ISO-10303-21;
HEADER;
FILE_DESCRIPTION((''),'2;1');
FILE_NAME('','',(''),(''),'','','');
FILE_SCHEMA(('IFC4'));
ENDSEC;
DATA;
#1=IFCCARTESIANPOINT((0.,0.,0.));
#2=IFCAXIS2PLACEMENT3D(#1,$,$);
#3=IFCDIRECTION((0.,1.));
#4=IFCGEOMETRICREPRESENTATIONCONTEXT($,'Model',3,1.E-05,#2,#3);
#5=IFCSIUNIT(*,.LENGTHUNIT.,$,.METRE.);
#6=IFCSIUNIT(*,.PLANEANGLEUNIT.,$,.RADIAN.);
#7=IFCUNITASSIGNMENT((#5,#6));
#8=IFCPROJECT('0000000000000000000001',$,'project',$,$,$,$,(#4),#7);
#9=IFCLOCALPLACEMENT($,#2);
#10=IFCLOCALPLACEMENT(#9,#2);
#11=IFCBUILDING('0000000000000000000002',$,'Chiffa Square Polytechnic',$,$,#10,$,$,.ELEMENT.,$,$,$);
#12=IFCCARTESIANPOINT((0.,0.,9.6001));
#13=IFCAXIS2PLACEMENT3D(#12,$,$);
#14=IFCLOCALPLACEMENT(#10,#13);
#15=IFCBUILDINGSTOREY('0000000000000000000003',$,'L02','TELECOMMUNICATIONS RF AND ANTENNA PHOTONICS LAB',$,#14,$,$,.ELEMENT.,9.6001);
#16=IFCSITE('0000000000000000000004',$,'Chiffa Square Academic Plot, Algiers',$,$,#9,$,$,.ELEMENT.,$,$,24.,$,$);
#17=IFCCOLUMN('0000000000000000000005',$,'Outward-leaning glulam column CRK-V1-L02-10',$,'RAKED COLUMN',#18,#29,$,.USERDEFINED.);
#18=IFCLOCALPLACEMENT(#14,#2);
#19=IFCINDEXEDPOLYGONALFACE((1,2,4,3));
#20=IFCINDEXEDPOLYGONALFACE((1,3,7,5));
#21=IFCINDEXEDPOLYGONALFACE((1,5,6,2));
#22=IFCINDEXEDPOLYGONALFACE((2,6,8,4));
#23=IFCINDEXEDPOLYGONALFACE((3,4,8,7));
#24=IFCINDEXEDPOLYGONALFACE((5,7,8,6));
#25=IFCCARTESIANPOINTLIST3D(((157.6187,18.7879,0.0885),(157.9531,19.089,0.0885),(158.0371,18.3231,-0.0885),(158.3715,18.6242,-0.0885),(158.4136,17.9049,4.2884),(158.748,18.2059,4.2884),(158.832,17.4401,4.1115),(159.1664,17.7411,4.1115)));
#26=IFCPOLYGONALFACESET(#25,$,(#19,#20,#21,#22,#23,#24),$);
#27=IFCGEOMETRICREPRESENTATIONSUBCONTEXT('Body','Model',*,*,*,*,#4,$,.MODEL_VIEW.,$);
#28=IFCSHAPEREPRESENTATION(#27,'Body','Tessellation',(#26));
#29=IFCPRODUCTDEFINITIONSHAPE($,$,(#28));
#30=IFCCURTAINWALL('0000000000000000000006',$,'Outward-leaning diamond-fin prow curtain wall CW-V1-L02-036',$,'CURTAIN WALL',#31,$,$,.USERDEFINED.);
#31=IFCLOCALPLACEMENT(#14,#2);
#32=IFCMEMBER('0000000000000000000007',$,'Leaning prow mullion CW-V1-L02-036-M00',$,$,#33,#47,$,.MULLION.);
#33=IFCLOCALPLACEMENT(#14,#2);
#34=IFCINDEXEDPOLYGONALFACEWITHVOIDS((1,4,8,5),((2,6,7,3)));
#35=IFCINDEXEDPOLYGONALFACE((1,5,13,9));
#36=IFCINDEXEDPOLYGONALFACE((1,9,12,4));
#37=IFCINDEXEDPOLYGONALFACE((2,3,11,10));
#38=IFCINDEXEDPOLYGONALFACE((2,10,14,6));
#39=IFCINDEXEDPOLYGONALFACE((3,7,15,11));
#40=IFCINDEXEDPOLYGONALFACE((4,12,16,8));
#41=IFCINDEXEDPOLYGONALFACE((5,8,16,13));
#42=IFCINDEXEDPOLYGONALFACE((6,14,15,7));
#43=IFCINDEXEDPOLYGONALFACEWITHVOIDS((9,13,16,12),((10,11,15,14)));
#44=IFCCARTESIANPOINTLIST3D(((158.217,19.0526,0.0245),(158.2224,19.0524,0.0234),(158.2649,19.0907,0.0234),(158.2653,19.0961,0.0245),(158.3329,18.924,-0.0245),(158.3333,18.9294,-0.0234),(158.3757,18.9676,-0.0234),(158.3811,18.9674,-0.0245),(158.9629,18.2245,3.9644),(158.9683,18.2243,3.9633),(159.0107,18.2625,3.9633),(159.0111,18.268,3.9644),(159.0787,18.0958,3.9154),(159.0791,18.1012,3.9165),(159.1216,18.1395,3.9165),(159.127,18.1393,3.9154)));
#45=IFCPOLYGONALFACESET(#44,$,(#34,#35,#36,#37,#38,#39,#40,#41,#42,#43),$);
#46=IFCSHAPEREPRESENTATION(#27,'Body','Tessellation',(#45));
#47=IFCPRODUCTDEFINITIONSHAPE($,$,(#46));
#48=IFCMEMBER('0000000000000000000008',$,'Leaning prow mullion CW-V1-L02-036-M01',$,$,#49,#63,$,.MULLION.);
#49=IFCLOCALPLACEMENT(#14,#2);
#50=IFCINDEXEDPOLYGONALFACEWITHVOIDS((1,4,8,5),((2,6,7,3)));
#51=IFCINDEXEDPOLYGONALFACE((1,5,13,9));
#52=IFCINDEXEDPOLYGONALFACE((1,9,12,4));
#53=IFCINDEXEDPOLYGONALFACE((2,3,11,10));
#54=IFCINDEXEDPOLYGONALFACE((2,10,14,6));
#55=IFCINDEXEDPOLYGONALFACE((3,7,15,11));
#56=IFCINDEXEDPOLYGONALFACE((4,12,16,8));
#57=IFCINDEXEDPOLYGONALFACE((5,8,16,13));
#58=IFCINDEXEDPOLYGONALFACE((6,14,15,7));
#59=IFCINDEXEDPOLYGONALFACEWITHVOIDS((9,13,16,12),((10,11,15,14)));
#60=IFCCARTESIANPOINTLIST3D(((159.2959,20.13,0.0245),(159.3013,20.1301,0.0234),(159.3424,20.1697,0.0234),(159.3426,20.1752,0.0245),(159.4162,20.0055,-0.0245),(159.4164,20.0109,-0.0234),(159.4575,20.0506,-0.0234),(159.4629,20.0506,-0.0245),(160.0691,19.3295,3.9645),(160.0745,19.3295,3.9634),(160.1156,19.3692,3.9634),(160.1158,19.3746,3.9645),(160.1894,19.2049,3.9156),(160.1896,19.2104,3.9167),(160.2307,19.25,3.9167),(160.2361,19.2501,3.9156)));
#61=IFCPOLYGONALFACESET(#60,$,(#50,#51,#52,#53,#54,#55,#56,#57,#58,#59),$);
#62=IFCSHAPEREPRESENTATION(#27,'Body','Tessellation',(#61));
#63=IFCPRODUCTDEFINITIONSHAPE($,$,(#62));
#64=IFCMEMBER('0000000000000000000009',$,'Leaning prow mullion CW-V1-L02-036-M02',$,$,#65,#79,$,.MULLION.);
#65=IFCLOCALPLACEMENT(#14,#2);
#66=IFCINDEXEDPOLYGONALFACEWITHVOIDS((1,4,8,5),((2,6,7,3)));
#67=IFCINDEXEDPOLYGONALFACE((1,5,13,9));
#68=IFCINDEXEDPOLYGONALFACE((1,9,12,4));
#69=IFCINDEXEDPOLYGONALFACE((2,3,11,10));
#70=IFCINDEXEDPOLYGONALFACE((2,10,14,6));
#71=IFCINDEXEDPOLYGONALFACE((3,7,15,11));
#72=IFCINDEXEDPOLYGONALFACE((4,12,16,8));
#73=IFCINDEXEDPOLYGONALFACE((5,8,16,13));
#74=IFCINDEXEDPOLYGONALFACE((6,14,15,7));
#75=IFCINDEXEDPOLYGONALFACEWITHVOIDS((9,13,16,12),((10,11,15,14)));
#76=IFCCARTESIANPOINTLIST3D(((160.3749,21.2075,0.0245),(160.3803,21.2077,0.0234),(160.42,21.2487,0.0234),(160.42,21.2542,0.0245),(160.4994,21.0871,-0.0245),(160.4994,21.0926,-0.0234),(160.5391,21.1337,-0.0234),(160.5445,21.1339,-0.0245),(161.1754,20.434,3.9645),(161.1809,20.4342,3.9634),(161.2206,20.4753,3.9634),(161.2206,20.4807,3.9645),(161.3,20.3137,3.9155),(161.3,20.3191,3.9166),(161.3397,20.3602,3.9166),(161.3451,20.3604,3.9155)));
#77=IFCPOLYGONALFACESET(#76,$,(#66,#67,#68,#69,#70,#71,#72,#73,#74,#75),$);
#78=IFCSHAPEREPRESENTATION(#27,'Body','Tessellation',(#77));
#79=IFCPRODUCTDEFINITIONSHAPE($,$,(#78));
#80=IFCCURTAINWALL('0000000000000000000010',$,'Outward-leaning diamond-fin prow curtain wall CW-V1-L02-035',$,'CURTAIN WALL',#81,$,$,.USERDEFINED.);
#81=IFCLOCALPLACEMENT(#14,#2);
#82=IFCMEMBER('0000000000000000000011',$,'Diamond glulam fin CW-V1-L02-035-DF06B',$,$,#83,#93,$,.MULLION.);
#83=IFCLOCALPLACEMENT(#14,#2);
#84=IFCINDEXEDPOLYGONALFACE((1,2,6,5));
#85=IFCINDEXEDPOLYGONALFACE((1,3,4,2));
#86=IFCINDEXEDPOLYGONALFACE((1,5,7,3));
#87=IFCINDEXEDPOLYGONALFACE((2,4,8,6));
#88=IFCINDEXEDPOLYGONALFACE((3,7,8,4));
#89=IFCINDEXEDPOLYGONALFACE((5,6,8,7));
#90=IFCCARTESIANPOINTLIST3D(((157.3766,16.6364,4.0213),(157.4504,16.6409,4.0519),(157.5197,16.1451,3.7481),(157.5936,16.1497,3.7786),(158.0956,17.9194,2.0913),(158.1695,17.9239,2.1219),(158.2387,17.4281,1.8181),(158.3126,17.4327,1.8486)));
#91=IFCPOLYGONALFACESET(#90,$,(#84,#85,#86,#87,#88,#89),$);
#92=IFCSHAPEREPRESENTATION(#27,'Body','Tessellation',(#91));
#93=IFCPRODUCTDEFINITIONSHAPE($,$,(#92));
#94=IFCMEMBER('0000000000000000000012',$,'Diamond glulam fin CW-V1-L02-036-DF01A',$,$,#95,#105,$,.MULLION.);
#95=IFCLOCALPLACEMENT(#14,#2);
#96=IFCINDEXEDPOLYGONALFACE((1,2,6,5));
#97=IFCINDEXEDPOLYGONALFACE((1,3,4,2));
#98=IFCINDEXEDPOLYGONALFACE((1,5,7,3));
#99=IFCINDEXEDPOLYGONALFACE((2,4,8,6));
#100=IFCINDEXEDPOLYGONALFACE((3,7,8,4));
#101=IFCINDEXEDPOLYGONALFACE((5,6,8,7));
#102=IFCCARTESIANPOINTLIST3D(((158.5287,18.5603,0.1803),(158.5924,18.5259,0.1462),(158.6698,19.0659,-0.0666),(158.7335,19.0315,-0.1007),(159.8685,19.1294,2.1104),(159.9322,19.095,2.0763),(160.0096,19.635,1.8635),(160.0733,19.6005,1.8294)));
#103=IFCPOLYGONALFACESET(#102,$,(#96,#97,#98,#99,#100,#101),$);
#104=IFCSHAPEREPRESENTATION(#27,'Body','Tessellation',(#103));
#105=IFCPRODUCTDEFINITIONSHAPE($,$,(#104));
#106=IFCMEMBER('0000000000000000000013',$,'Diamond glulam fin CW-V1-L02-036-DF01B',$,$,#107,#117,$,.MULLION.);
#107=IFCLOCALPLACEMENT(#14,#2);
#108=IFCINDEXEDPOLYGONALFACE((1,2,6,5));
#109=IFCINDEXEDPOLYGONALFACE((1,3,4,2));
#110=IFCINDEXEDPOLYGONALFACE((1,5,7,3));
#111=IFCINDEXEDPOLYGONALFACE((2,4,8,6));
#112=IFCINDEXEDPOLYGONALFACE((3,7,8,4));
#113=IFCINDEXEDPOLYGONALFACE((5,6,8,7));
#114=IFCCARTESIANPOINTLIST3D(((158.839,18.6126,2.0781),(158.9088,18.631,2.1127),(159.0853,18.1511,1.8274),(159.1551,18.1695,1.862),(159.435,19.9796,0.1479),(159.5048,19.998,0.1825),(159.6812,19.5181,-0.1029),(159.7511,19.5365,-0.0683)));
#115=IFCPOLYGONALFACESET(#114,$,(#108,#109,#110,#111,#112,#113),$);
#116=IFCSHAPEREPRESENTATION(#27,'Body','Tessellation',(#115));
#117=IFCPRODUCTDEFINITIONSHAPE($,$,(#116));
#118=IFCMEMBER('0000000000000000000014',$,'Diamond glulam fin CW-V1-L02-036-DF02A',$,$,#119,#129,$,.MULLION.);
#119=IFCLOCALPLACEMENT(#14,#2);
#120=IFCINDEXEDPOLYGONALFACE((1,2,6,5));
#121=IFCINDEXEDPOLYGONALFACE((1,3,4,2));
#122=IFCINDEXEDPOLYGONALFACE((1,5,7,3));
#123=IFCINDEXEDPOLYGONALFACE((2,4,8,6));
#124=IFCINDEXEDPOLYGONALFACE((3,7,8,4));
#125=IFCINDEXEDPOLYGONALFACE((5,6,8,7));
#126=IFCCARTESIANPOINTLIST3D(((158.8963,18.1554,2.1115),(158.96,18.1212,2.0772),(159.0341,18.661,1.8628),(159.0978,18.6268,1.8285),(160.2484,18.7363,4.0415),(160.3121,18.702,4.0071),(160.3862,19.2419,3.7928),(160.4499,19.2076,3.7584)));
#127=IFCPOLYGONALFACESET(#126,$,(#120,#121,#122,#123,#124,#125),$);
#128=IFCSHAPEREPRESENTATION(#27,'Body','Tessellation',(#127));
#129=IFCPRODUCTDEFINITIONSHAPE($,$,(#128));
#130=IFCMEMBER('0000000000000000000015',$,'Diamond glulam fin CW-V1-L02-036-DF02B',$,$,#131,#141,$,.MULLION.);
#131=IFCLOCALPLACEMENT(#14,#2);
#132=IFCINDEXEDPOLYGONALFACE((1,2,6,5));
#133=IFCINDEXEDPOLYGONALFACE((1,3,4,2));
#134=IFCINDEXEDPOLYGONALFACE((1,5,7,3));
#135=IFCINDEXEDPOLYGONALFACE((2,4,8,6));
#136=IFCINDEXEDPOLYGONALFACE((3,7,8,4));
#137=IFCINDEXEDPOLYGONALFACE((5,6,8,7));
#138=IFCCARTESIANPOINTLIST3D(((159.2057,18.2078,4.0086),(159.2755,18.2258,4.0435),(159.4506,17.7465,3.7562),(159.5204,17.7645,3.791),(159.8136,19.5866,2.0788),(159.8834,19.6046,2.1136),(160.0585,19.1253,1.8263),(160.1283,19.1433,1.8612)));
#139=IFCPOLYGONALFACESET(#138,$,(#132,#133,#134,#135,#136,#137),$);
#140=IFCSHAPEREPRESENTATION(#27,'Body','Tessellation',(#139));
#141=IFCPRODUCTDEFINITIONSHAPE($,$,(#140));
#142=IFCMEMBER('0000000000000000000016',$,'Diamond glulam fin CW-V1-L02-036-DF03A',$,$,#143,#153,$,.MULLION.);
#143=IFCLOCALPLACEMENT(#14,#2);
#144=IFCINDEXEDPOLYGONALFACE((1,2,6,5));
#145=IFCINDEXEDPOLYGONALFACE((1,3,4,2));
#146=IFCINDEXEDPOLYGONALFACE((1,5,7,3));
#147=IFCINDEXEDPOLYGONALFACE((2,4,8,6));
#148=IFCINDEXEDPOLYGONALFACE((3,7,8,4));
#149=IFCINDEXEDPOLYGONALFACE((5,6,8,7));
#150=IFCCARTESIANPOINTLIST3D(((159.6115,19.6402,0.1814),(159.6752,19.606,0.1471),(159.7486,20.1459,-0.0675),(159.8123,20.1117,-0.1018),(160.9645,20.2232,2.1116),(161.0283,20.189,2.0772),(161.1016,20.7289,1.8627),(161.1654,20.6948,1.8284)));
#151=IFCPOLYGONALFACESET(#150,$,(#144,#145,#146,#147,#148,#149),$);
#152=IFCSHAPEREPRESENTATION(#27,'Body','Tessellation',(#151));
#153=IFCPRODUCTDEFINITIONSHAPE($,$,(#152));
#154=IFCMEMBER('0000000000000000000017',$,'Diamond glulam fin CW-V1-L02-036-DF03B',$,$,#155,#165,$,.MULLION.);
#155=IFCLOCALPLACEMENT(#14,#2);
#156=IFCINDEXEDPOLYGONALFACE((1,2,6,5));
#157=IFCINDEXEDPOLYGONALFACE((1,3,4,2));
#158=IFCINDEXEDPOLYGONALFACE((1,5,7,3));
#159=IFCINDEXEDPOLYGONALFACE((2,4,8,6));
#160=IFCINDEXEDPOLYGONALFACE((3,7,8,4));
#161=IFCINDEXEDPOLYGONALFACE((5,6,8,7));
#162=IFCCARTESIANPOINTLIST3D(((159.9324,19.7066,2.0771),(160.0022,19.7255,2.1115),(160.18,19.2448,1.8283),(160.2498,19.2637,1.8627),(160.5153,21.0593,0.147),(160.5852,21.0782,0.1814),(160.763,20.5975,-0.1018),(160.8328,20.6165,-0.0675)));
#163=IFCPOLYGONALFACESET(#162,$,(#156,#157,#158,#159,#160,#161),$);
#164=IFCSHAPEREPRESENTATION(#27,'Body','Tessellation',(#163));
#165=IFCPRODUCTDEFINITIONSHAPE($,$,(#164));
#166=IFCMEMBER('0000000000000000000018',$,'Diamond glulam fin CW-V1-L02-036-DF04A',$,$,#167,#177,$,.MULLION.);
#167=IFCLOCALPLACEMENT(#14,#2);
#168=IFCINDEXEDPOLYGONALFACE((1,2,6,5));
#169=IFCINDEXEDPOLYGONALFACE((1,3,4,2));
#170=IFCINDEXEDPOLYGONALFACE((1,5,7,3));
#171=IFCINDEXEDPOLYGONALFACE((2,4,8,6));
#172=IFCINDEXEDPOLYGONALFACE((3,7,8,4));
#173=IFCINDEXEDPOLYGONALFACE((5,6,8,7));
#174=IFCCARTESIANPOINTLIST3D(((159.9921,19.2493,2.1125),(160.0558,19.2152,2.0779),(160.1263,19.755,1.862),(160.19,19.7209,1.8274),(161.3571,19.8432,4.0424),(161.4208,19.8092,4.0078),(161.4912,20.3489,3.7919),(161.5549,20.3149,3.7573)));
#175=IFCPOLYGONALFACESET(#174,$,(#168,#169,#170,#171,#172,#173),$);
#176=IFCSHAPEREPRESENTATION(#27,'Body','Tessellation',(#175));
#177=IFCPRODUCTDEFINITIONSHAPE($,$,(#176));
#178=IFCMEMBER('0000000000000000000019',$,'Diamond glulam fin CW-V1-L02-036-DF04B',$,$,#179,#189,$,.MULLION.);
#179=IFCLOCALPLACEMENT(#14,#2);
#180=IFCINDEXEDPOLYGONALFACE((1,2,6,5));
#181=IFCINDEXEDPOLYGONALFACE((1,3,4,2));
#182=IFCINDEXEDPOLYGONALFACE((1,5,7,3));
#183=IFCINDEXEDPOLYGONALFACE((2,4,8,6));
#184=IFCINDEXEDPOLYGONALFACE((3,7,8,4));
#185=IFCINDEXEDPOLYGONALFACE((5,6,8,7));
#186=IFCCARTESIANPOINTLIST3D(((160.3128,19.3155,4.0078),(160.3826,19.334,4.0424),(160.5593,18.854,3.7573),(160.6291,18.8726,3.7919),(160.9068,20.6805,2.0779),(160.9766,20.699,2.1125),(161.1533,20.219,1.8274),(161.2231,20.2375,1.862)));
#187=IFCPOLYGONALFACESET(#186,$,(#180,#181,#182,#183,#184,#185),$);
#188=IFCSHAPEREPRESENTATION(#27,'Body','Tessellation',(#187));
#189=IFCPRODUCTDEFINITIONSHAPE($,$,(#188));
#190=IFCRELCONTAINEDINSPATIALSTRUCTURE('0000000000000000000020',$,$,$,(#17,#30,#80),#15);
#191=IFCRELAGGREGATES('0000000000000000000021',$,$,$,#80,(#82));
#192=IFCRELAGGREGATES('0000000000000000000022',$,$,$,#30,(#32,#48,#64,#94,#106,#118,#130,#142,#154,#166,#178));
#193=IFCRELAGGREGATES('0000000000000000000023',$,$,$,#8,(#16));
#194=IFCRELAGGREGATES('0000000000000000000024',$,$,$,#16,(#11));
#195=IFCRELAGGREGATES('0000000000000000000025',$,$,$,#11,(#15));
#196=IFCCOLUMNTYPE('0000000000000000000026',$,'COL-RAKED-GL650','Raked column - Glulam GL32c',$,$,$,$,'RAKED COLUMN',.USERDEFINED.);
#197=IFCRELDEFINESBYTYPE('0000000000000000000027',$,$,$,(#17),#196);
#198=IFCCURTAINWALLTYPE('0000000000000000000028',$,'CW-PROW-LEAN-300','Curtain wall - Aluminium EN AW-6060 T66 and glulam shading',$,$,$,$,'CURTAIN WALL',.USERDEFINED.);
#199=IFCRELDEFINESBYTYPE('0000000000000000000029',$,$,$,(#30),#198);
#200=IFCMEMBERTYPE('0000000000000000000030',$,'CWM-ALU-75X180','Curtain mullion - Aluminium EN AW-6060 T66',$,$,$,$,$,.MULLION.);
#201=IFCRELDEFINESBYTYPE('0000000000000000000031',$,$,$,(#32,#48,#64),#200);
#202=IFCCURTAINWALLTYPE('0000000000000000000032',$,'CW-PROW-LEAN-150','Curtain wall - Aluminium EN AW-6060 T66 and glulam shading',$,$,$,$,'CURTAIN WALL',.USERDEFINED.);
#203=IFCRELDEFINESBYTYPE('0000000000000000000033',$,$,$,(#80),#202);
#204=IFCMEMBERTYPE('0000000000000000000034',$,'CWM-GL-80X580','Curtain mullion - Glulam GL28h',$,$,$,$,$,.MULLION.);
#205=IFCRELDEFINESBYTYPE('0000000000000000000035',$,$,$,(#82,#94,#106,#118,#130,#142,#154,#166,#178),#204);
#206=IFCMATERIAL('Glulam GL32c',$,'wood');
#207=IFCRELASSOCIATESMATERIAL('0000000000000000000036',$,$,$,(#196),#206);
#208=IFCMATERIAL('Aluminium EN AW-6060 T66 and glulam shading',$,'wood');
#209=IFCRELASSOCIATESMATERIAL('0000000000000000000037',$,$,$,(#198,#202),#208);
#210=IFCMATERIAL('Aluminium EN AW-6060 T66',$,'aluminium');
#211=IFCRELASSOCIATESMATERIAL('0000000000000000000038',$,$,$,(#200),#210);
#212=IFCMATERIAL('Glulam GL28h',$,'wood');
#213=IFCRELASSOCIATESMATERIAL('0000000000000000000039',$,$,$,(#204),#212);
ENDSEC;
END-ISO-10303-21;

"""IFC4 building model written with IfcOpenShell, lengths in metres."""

from ifc_helpers import new_model, si_unit, direction, frame, origin, origin_2d, place, context, subcontext, project, spatial, rectangle, hollow_rectangle, extrude, material, material_profile, profile_set, type_object, element, aggregate, save


model = new_model("IFC4")

# Units and contexts
model_context = context("Model", 3, precision=1e-05, world=origin(), true_north=direction((0.0, 1.0)))
body_context = subcontext(model_context, "Body", "Model", "MODEL_VIEW")
ifc_project = project(units=[si_unit("LENGTHUNIT", "METRE"), si_unit("PLANEANGLEUNIT", "RADIAN")], contexts=[model_context])

# Site, building, storey
site_placement = place(None, origin())
site = spatial("IfcSite", under=ifc_project, at=site_placement, Name="Chiffa Square Academic Plot, Algiers", CompositionType="ELEMENT", RefElevation=24.0)
building_placement = place(site_placement, origin())
building = spatial("IfcBuilding", under=site, at=building_placement, Name="Chiffa Square Polytechnic", CompositionType="ELEMENT")
storey_placement = place(building_placement, frame((0.0, 0.0, 9.6001)))
storey = spatial("IfcBuildingStorey", under=building, at=storey_placement, Name="L02", Description="TELECOMMUNICATIONS RF AND ANTENNA PHOTONICS LAB", CompositionType="ELEMENT", Elevation=9.6001)

# Column
ifc_material_1 = material(Name="Glulam GL32c", Category="wood")
ifc_material_profile_1 = material_profile(ifc_material_1, rectangle(XDim=0.45, YDim=0.6499, at=origin_2d()), Name="GL32c 450x650")
ifc_profile_set_1 = profile_set([ifc_material_profile_1], Name="Glulam GL32c")
column_type = type_object("IfcColumnType", Name="COL-RAKED-GL650", Description="Raked column - Glulam GL32c", ElementType="RAKED COLUMN", PredefinedType="USERDEFINED", material=ifc_profile_set_1)
column_placement = place(storey_placement, frame((157.9951, 18.7061, 0.0), z_axis=(0.182122, -0.202314, 0.962237), x_axis=(0.743223, 0.669044, 0.0)))
element("IfcColumn", 1, at=column_placement, inside=storey, type_object=column_type, Name="Outward-leaning glulam column CRK-V1-L02-10", ObjectType="RAKED COLUMN", PredefinedType="USERDEFINED", context=body_context, shape_type="SweptSolid", body=[
    extrude(rectangle(XDim=0.45, YDim=0.6499, at=origin_2d()), origin(), (0.0, 0.0, 1.0), 4.3647),
])

# Curtain wall, members
ifc_material_2 = material(Name="Aluminium EN AW-6060 T66 and glulam shading", Category="wood")
curtain_wall_type_1 = type_object("IfcCurtainWallType", Name="CW-PROW-LEAN-300", Description="Curtain wall - Aluminium EN AW-6060 T66 and glulam shading", ElementType="CURTAIN WALL", PredefinedType="USERDEFINED", material=ifc_material_2)
curtain_wall_1_placement = place(storey_placement, origin())
curtain_wall_1 = element("IfcCurtainWall", 2, at=curtain_wall_1_placement, inside=storey, type_object=curtain_wall_type_1, Name="Outward-leaning diamond-fin prow curtain wall CW-V1-L02-036", ObjectType="CURTAIN WALL", PredefinedType="USERDEFINED")
ifc_material_3 = material(Name="Aluminium EN AW-6060 T66", Category="aluminium")
ifc_material_profile_2 = material_profile(ifc_material_3, hollow_rectangle(XDim=0.0649, YDim=0.1799, WallThickness=0.0039, at=origin_2d()), Name="ALU 65x180x4")
ifc_profile_set_2 = profile_set([ifc_material_profile_2], Name="Aluminium EN AW-6060 T66")
member_type_1 = type_object("IfcMemberType", Name="CWM-ALU-75X180", Description="Curtain mullion - Aluminium EN AW-6060 T66", PredefinedType="MULLION", material=ifc_profile_set_2)
member_1_placement = place(storey_placement, frame((158.2991, 19.01, 0.0), z_axis=(0.182157, -0.202251, 0.962244), x_axis=(0.743054, 0.669231, 0.0)))
member_1 = element("IfcMember", 3, at=member_1_placement, type_object=member_type_1, Name="Leaning prow mullion CW-V1-L02-036-M00", PredefinedType="MULLION", context=body_context, shape_type="SweptSolid", body=[
    extrude(hollow_rectangle(XDim=0.0649, YDim=0.1799, WallThickness=0.0039, at=origin_2d()), origin(), (0.0, 0.0, 1.0), 4.0945),
])
member_2_placement = place(storey_placement, frame((159.3794, 20.0903, 0.0), z_axis=(0.188855, -0.195533, 0.962341), x_axis=(0.719284, 0.694716, 0.0)))
member_2 = element("IfcMember", 4, at=member_2_placement, type_object=member_type_1, Name="Leaning prow mullion CW-V1-L02-036-M01", PredefinedType="MULLION", context=body_context, shape_type="SweptSolid", body=[
    extrude(hollow_rectangle(XDim=0.0649, YDim=0.1799, WallThickness=0.0039, at=origin_2d()), origin(), (0.0, 0.0, 1.0), 4.0942),
])
member_3_placement = place(storey_placement, frame((160.4597, 21.1707, 0.0), z_axis=(0.195531, -0.188912, 0.96233), x_axis=(0.694829, 0.719175, 0.0)))
member_3 = element("IfcMember", 5, at=member_3_placement, type_object=member_type_1, Name="Leaning prow mullion CW-V1-L02-036-M02", PredefinedType="MULLION", context=body_context, shape_type="SweptSolid", body=[
    extrude(hollow_rectangle(XDim=0.0649, YDim=0.1799, WallThickness=0.0039, at=origin_2d()), origin(), (0.0, 0.0, 1.0), 4.0942),
])

# Curtain wall, member
curtain_wall_type_2 = type_object("IfcCurtainWallType", Name="CW-PROW-LEAN-150", Description="Curtain wall - Aluminium EN AW-6060 T66 and glulam shading", ElementType="CURTAIN WALL", PredefinedType="USERDEFINED", material=ifc_material_2)
curtain_wall_2_placement = place(storey_placement, origin())
curtain_wall_2 = element("IfcCurtainWall", 6, at=curtain_wall_2_placement, inside=storey, type_object=curtain_wall_type_2, Name="Outward-leaning diamond-fin prow curtain wall CW-V1-L02-035", ObjectType="CURTAIN WALL", PredefinedType="USERDEFINED")
ifc_material_4 = material(Name="Glulam GL28h", Category="wood")
ifc_material_profile_3 = material_profile(ifc_material_4, rectangle(XDim=0.0801, YDim=0.5801, at=origin_2d()), Name="GL28h 80x580")
ifc_profile_set_3 = profile_set([ifc_material_profile_3], Name="Glulam GL28h")
member_type_2 = type_object("IfcMemberType", Name="CWM-GL-80X580", Description="Curtain mullion - Glulam GL28h", PredefinedType="MULLION", material=ifc_profile_set_3)
member_4_placement = place(storey_placement, frame((158.2041, 17.676, 1.97), z_axis=(-0.296317, -0.528743, 0.795378), x_axis=(0.922652, 0.056721, 0.381439)))
member_4 = element("IfcMember", 7, at=member_4_placement, type_object=member_type_2, Name="Diamond glulam fin CW-V1-L02-035-DF06B", PredefinedType="MULLION", context=body_context, shape_type="SweptSolid", body=[
    extrude(rectangle(XDim=0.0801, YDim=0.5801, at=origin_2d()), origin(), (0.0, 0.0, 1.0), 2.4265),
])
aggregate(curtain_wall_2, [member_4])

# Members
member_5_placement = place(storey_placement, frame((158.6311, 18.7959, 0.0398), z_axis=(0.554212, 0.235399, 0.798396), x_axis=(-0.796059, 0.430125, 0.425772)))
member_5 = element("IfcMember", 8, at=member_5_placement, type_object=member_type_2, Name="Diamond glulam fin CW-V1-L02-036-DF01A", PredefinedType="MULLION", context=body_context, shape_type="SweptSolid", body=[
    extrude(rectangle(XDim=0.0801, YDim=0.5801, at=origin_2d()), origin(), (0.0, 0.0, 1.0), 2.4175),
])
member_6_placement = place(storey_placement, frame((159.593, 19.7581, 0.0398), z_axis=(-0.24433, -0.560427, 0.791344), x_axis=(0.87181, 0.230347, 0.432305)))
member_6 = element("IfcMember", 9, at=member_6_placement, type_object=member_type_2, Name="Diamond glulam fin CW-V1-L02-036-DF01B", PredefinedType="MULLION", context=body_context, shape_type="SweptSolid", body=[
    extrude(rectangle(XDim=0.0801, YDim=0.5801, at=origin_2d()), origin(), (0.0, 0.0, 1.0), 2.4392),
])
member_7_placement = place(storey_placement, frame((158.9971, 18.3911, 1.97), z_axis=(0.557102, 0.239318, 0.795213), x_axis=(-0.795743, 0.427757, 0.42874)))
member_7 = element("IfcMember", 10, at=member_7_placement, type_object=member_type_2, Name="Diamond glulam fin CW-V1-L02-036-DF02A", PredefinedType="MULLION", context=body_context, shape_type="SweptSolid", body=[
    extrude(rectangle(XDim=0.0801, YDim=0.5801, at=origin_2d()), origin(), (0.0, 0.0, 1.0), 2.427),
])
member_8_placement = place(storey_placement, frame((159.9709, 19.365, 1.97), z_axis=(-0.24827, -0.563144, 0.788182), x_axis=(0.871846, 0.224721, 0.435183)))
member_8 = element("IfcMember", 11, at=member_8_placement, type_object=member_type_2, Name="Diamond glulam fin CW-V1-L02-036-DF02B", PredefinedType="MULLION", context=body_context, shape_type="SweptSolid", body=[
    extrude(rectangle(XDim=0.0801, YDim=0.5801, at=origin_2d()), origin(), (0.0, 0.0, 1.0), 2.4485),
])
member_9_placement = place(storey_placement, frame((159.7119, 19.876, 0.0398), z_axis=(0.557214, 0.240099, 0.7949), x_axis=(-0.796013, 0.426962, 0.429031)))
member_9 = element("IfcMember", 12, at=member_9_placement, type_object=member_type_2, Name="Diamond glulam fin CW-V1-L02-036-DF03A", PredefinedType="MULLION", context=body_context, shape_type="SweptSolid", body=[
    extrude(rectangle(XDim=0.0801, YDim=0.5801, at=origin_2d()), origin(), (0.0, 0.0, 1.0), 2.4282),
])
member_10_placement = place(storey_placement, frame((160.6741, 20.8379, 0.0398), z_axis=(-0.240112, -0.557145, 0.794944), x_axis=(0.87184, 0.236354, 0.428989)))
member_10 = element("IfcMember", 13, at=member_10_placement, type_object=member_type_2, Name="Diamond glulam fin CW-V1-L02-036-DF03B", PredefinedType="MULLION", context=body_context, shape_type="SweptSolid", body=[
    extrude(rectangle(XDim=0.0801, YDim=0.5801, at=origin_2d()), origin(), (0.0, 0.0, 1.0), 2.428),
])
member_11_placement = place(storey_placement, frame((160.0911, 19.4851, 1.97), z_axis=(0.560031, 0.243705, 0.791816), x_axis=(-0.795544, 0.424965, 0.431872)))
member_11 = element("IfcMember", 14, at=member_11_placement, type_object=member_type_2, Name="Diamond glulam fin CW-V1-L02-036-DF04A", PredefinedType="MULLION", context=body_context, shape_type="SweptSolid", body=[
    extrude(rectangle(XDim=0.0801, YDim=0.5801, at=origin_2d()), origin(), (0.0, 0.0, 1.0), 2.4373),
])
member_12_placement = place(storey_placement, frame((161.0649, 20.459, 1.97), z_axis=(-0.243705, -0.560031, 0.791816), x_axis=(0.871787, 0.231245, 0.431872)))
member_12 = element("IfcMember", 15, at=member_12_placement, type_object=member_type_2, Name="Diamond glulam fin CW-V1-L02-036-DF04B", PredefinedType="MULLION", context=body_context, shape_type="SweptSolid", body=[
    extrude(rectangle(XDim=0.0801, YDim=0.5801, at=origin_2d()), origin(), (0.0, 0.0, 1.0), 2.4373),
])

aggregate(curtain_wall_1, [member_1, member_2, member_3, member_5, member_6, member_7, member_8, member_9, member_10, member_11, member_12])

save(model, "model.ifc")
